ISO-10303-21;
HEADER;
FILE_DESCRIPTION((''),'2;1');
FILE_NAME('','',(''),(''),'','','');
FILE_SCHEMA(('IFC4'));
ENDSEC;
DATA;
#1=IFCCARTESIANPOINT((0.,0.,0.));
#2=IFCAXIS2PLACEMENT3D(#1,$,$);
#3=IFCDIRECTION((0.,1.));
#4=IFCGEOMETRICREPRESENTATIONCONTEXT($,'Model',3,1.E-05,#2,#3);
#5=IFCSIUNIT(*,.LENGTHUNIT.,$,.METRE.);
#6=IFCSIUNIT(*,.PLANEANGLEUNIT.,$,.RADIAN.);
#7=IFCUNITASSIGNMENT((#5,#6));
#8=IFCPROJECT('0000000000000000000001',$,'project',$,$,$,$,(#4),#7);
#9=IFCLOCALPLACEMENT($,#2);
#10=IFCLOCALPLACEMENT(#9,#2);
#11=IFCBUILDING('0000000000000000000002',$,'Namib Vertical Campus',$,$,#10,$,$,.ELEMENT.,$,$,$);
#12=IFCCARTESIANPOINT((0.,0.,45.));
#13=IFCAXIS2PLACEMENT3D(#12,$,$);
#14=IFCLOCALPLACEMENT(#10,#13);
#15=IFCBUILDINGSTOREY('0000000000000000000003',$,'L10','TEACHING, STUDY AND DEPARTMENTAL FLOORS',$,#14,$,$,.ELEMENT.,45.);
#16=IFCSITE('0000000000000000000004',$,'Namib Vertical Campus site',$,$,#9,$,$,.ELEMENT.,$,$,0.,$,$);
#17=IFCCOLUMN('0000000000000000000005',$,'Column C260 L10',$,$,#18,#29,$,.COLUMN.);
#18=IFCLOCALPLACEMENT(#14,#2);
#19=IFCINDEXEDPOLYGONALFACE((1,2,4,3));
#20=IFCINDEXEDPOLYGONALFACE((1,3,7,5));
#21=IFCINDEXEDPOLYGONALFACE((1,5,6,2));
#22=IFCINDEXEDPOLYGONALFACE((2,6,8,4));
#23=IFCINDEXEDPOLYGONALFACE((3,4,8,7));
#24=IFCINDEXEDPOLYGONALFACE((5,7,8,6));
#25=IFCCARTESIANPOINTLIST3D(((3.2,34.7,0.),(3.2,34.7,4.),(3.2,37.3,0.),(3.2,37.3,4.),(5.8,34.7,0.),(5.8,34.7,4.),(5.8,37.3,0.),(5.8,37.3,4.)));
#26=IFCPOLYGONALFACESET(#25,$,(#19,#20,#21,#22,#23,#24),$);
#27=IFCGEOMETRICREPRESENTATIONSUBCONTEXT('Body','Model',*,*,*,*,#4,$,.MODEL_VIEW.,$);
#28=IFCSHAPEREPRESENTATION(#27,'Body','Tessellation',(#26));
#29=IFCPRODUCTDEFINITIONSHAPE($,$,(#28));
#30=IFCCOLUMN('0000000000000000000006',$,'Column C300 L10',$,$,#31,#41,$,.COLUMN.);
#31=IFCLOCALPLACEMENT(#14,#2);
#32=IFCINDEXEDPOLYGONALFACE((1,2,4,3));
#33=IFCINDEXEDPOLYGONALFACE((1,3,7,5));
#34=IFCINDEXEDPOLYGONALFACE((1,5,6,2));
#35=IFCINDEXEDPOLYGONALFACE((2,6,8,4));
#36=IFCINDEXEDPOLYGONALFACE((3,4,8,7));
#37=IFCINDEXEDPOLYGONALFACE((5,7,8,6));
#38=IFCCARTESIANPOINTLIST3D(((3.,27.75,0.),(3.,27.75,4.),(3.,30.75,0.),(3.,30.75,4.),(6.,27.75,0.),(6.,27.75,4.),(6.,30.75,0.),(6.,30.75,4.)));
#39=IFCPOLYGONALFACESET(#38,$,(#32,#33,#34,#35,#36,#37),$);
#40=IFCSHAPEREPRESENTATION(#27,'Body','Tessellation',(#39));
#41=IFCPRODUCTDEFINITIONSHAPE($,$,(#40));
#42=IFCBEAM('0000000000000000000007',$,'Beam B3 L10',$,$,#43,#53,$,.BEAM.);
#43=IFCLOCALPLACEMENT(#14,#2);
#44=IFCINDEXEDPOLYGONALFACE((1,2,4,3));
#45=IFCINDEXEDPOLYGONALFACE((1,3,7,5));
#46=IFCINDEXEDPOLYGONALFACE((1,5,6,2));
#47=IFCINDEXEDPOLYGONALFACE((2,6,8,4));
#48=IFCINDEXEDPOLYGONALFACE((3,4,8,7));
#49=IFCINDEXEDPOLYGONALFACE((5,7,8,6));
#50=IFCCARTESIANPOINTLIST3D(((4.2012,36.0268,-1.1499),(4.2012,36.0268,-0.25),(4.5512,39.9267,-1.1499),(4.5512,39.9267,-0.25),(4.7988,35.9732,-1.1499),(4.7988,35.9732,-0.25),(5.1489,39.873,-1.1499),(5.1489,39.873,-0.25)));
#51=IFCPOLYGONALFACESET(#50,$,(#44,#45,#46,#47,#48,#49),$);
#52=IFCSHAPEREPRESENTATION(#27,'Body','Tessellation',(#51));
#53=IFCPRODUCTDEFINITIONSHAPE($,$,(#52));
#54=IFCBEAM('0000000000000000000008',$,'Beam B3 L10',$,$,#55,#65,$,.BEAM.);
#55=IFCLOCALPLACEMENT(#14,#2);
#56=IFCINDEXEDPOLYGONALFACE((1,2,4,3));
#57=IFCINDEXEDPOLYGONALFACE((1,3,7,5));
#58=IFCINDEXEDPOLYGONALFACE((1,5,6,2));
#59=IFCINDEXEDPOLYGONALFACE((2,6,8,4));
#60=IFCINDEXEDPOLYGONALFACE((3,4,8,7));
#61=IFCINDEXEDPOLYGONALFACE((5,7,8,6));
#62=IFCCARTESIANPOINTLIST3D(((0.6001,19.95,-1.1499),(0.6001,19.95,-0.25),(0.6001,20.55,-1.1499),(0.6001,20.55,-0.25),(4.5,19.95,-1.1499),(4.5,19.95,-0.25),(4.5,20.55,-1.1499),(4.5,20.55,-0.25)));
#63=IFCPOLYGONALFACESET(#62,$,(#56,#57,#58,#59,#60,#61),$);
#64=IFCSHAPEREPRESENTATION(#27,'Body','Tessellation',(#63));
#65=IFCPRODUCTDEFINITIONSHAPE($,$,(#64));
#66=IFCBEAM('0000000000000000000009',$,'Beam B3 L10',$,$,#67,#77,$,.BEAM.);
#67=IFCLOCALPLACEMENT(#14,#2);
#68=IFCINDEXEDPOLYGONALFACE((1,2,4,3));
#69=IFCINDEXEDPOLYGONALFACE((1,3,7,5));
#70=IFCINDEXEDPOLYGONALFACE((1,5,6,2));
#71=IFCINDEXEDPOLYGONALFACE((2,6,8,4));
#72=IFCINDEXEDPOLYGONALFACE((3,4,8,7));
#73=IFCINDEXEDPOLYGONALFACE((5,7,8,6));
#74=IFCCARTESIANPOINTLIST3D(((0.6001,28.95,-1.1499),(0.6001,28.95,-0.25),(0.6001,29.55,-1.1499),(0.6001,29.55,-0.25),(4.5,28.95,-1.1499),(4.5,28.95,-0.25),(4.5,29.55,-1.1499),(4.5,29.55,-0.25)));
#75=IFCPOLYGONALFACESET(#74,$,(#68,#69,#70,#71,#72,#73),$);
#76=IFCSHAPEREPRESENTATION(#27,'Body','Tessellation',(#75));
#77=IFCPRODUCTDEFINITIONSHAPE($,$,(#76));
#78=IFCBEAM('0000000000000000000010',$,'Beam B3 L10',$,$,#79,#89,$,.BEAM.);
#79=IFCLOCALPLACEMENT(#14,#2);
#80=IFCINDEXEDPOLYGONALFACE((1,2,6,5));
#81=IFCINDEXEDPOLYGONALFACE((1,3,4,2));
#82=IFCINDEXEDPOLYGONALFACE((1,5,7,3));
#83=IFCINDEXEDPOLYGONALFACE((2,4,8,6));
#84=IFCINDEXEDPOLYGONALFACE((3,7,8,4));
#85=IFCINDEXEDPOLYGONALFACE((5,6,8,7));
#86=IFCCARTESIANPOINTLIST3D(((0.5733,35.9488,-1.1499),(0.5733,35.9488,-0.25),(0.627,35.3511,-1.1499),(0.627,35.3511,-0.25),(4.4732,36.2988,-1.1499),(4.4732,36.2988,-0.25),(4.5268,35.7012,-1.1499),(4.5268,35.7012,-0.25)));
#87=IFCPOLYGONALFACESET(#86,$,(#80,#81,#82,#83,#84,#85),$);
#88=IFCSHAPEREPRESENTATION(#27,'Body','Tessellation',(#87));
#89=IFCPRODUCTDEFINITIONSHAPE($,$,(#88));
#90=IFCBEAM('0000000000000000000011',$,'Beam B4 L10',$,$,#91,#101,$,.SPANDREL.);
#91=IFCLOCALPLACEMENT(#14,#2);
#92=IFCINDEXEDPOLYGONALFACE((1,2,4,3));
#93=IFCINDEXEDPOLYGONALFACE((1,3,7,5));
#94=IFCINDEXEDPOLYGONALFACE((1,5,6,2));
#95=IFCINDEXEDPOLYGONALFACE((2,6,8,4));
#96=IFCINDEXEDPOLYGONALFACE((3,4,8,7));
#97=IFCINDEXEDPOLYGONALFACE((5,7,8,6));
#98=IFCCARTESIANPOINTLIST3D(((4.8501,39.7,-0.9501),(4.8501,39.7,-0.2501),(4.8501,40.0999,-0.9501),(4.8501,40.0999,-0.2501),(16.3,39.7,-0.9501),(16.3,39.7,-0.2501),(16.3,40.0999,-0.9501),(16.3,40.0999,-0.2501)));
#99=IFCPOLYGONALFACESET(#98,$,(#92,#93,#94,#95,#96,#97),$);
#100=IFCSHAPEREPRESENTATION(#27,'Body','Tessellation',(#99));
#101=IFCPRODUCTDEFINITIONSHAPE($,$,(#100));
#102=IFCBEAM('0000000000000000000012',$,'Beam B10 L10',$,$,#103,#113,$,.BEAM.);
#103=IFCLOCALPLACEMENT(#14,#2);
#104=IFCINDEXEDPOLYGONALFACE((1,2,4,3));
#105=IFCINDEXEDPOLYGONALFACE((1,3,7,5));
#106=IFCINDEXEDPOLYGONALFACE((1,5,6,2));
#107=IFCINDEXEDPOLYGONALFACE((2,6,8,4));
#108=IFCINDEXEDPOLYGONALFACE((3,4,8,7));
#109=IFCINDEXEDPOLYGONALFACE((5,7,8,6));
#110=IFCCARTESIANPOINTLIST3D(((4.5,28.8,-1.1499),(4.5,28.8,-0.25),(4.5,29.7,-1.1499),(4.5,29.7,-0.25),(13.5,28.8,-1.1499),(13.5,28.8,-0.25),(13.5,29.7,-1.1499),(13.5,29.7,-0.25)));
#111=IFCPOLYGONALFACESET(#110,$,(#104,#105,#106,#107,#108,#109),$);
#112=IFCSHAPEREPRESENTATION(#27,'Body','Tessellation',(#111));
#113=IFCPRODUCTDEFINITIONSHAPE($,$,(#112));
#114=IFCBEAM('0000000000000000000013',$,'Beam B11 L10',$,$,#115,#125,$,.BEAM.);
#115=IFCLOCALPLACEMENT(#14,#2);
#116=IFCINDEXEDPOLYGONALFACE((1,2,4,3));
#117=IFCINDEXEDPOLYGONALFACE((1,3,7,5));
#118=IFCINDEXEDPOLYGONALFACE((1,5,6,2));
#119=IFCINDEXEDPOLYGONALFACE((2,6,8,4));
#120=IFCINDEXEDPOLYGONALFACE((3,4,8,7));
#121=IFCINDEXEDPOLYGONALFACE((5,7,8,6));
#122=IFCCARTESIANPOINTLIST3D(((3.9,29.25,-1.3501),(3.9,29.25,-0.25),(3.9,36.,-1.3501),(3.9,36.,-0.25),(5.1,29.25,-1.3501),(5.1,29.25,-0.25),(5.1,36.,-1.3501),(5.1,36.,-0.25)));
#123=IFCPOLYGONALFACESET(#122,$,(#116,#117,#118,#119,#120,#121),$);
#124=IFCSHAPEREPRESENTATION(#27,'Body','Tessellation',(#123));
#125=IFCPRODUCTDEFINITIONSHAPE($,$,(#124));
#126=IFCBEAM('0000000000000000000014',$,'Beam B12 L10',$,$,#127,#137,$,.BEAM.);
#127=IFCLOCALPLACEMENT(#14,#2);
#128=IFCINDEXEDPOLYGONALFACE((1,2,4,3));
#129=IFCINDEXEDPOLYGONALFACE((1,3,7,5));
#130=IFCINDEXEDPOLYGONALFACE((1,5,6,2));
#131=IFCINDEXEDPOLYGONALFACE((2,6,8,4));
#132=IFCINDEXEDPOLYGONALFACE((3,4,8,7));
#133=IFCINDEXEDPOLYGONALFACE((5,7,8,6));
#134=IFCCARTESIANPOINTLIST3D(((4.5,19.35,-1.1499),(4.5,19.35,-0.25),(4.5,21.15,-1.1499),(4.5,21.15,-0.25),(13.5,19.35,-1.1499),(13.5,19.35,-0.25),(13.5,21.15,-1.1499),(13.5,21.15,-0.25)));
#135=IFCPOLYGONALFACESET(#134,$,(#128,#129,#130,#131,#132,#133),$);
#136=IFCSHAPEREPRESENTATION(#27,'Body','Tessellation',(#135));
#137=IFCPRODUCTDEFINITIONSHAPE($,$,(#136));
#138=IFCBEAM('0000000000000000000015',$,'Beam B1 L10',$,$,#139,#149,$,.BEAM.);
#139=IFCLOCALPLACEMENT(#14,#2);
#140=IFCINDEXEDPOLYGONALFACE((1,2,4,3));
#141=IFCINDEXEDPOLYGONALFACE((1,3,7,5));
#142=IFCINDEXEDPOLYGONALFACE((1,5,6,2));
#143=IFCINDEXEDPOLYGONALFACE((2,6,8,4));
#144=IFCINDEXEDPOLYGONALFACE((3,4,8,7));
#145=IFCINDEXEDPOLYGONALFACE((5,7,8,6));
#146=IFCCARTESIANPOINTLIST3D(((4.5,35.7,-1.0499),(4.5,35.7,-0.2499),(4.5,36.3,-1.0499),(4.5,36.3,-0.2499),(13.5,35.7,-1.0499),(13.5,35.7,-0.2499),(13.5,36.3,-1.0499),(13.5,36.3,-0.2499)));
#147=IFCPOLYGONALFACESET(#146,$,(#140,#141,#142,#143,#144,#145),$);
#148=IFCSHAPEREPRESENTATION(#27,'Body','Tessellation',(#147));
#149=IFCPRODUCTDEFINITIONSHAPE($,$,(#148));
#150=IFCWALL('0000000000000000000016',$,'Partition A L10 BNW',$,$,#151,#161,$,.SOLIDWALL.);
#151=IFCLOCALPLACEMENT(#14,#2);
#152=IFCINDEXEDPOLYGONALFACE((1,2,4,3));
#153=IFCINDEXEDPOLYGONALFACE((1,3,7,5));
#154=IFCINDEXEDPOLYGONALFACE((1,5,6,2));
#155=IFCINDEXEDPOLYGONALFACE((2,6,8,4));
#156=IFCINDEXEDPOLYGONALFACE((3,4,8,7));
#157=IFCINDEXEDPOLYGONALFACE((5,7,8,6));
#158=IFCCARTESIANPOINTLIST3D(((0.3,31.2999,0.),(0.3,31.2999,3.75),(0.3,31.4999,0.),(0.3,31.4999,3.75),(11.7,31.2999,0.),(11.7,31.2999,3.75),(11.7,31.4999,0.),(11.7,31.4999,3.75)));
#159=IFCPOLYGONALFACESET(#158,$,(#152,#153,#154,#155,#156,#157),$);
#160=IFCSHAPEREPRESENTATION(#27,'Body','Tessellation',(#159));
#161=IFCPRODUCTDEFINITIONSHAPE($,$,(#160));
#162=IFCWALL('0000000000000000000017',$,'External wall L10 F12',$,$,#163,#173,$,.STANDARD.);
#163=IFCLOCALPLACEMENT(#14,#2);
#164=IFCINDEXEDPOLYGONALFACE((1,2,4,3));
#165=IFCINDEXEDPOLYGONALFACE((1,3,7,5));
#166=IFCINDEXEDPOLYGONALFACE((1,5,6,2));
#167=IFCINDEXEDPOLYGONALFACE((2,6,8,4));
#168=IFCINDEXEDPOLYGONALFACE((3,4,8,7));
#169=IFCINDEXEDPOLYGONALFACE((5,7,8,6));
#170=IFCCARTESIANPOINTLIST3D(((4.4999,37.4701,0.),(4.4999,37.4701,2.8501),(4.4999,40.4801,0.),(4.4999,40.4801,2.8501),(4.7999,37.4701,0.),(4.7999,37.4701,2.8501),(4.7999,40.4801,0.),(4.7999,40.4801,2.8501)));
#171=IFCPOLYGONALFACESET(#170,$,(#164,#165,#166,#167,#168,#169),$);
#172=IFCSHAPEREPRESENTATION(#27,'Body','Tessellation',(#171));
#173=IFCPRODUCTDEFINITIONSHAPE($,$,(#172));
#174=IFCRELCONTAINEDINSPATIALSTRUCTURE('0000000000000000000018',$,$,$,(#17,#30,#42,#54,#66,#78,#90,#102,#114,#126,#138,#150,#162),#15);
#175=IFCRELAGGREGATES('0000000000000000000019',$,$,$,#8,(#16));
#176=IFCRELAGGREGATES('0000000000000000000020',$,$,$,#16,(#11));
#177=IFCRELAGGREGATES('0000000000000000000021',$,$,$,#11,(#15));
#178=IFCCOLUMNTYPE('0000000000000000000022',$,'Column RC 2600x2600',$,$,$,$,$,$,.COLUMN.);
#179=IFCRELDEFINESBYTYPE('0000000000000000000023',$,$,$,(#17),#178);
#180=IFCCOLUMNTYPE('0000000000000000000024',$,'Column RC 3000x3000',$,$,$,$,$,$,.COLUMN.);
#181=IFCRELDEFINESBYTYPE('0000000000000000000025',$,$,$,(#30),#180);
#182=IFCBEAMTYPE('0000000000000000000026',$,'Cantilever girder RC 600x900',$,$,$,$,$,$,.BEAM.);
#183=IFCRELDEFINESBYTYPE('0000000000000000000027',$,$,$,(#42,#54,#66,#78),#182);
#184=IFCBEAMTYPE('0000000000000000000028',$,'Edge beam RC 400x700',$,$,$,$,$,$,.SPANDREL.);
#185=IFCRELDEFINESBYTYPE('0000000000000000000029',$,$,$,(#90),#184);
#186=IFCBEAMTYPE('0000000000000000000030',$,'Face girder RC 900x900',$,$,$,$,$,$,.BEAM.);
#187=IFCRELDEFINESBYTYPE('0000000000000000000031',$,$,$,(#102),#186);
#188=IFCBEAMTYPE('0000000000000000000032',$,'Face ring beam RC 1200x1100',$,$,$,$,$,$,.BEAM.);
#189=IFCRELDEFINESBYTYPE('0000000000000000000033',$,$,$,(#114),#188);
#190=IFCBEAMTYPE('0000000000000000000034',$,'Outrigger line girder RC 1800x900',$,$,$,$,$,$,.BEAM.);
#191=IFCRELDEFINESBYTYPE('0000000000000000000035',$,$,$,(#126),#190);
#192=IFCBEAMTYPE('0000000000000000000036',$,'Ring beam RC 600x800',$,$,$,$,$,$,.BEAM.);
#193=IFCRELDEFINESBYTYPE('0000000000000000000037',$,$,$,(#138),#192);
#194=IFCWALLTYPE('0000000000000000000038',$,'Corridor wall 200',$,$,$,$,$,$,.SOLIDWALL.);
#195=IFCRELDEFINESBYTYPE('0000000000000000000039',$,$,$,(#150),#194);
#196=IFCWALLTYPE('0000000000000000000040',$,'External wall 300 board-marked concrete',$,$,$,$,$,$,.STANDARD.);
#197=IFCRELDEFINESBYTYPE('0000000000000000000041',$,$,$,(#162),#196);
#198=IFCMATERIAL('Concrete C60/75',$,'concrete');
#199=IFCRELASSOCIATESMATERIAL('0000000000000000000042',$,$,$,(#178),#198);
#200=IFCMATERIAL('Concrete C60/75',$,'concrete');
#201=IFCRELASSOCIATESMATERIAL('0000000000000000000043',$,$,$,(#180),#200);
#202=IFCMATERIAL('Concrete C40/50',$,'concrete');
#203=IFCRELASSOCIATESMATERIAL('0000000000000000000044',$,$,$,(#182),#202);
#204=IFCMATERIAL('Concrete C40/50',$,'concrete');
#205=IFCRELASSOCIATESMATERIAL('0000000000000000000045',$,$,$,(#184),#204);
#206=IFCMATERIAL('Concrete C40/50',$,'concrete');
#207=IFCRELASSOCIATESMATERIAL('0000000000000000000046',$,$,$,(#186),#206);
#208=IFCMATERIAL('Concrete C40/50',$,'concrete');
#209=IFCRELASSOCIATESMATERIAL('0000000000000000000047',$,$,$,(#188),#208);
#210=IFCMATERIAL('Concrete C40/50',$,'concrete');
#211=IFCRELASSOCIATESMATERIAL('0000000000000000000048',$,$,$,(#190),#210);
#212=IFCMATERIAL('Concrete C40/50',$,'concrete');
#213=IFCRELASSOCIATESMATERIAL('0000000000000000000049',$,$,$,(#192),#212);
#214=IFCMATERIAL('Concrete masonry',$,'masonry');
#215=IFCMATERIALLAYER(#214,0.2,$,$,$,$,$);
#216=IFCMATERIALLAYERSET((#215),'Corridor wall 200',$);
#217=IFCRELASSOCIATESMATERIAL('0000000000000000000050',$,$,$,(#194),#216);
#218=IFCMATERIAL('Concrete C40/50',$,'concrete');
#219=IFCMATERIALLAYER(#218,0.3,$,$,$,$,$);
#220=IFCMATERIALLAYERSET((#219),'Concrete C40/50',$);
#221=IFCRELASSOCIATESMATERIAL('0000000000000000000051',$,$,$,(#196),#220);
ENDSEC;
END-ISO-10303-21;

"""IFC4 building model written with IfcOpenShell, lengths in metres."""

from ifc_helpers import new_model, si_unit, direction, frame, frame_2d, origin, origin_2d, place, context, subcontext, project, spatial, rectangle, extrude, material, layer, layer_set, material_profile, profile_set, type_object, element, save


model = new_model("IFC4")

# Units and contexts
model_context = context("Model", 3, precision=1e-05, world=origin(), true_north=direction((0.0, 1.0)))
body_context = subcontext(model_context, "Body", "Model", "MODEL_VIEW")
ifc_project = project(units=[si_unit("LENGTHUNIT", "METRE"), si_unit("PLANEANGLEUNIT", "RADIAN")], contexts=[model_context])

# Site, building, storey
site_placement = place(None, origin())
site = spatial("IfcSite", under=ifc_project, at=site_placement, Name="Namib Vertical Campus site", CompositionType="ELEMENT", RefElevation=0.0)
building_placement = place(site_placement, origin())
building = spatial("IfcBuilding", under=site, at=building_placement, Name="Namib Vertical Campus", CompositionType="ELEMENT")
storey_placement = place(building_placement, frame((0.0, 0.0, 45.0)))
storey = spatial("IfcBuildingStorey", under=building, at=storey_placement, Name="L10", Description="TEACHING, STUDY AND DEPARTMENTAL FLOORS", CompositionType="ELEMENT", Elevation=45.0)

# Columns
ifc_material_1 = material(Name="Concrete C60/75", Category="concrete")
ifc_material_profile_1 = material_profile(ifc_material_1, rectangle(XDim=2.6001, YDim=2.6001, at=origin_2d()))
ifc_profile_set_1 = profile_set([ifc_material_profile_1], Name="Concrete C60/75")
column_type_1 = type_object("IfcColumnType", Name="Column RC 2600x2600", PredefinedType="COLUMN", material=ifc_profile_set_1)
column_1_placement = place(storey_placement, frame((4.5, 36.0, 0.0), z_axis=(0.0, 0.0, 1.0), x_axis=(1.0, 0.0, 0.0)))
element("IfcColumn", 1, at=column_1_placement, inside=storey, type_object=column_type_1, Name="Column C260 L10", PredefinedType="COLUMN", context=body_context, shape_type="SweptSolid", body=[
    extrude(rectangle(XDim=2.6001, YDim=2.6001, at=origin_2d()), origin(), (0.0, 0.0, 1.0), 4.0),
])
ifc_material_2 = material(Name="Concrete C60/75", Category="concrete")
ifc_material_profile_2 = material_profile(ifc_material_2, rectangle(XDim=3.0, YDim=3.0, at=origin_2d()))
ifc_profile_set_2 = profile_set([ifc_material_profile_2], Name="Concrete C60/75")
column_type_2 = type_object("IfcColumnType", Name="Column RC 3000x3000", PredefinedType="COLUMN", material=ifc_profile_set_2)
column_2_placement = place(storey_placement, frame((4.5, 29.25, 0.0), z_axis=(0.0, 0.0, 1.0), x_axis=(1.0, 0.0, 0.0)))
element("IfcColumn", 2, at=column_2_placement, inside=storey, type_object=column_type_2, Name="Column C300 L10", PredefinedType="COLUMN", context=body_context, shape_type="SweptSolid", body=[
    extrude(rectangle(XDim=3.0, YDim=3.0, at=origin_2d()), origin(), (0.0, 0.0, 1.0), 4.0),
])

# Beams
ifc_material_3 = material(Name="Concrete C40/50", Category="concrete")
ifc_material_profile_3 = material_profile(ifc_material_3, rectangle(XDim=0.6001, YDim=0.8999, at=origin_2d()))
ifc_profile_set_3 = profile_set([ifc_material_profile_3], Name="Concrete C40/50")
beam_type_1 = type_object("IfcBeamType", Name="Cantilever girder RC 600x900", PredefinedType="BEAM", material=ifc_profile_set_3)
beam_1_placement = place(storey_placement, frame((4.5, 36.0, -0.7), z_axis=(0.089411, 0.995995, 0.0), x_axis=(-0.995995, 0.089411, 0.0)))
element("IfcBeam", 3, at=beam_1_placement, inside=storey, type_object=beam_type_1, Name="Beam B3 L10", PredefinedType="BEAM", context=body_context, shape_type="SweptSolid", body=[
    extrude(rectangle(XDim=0.6001, YDim=0.8999, at=origin_2d()), origin(), (0.0, 0.0, 1.0), 3.9155),
])
for number, where, z_axis, x_axis, name in (
    (4, (4.5, 20.25, -0.7), (-1.0, 0.0, 0.0), (0.0, -1.0, 0.0), "Beam B3 L10"),
    (5, (4.5, 29.25, -0.7), (-1.0, 0.0, 0.0), (0.0, -1.0, 0.0), "Beam B3 L10"),
):
    element("IfcBeam", number, at=place(storey_placement, frame(where, z_axis=z_axis, x_axis=x_axis)), inside=storey, type_object=beam_type_1, Name=name, PredefinedType="BEAM", context=body_context, shape_type="SweptSolid", body=[
        extrude(rectangle(XDim=0.6001, YDim=0.8999, at=origin_2d()), origin(), (0.0, 0.0, 1.0), 3.8999),
    ])
beam_2_placement = place(storey_placement, frame((4.5, 36.0, -0.7), z_axis=(-0.995995, -0.089411, 0.0), x_axis=(0.089411, -0.995995, 0.0)))
element("IfcBeam", 6, at=beam_2_placement, inside=storey, type_object=beam_type_1, Name="Beam B3 L10", PredefinedType="BEAM", context=body_context, shape_type="SweptSolid", body=[
    extrude(rectangle(XDim=0.6001, YDim=0.8999, at=origin_2d()), origin(), (0.0, 0.0, 1.0), 3.9155),
])
ifc_material_4 = material(Name="Concrete C40/50", Category="concrete")
ifc_material_profile_4 = material_profile(ifc_material_4, rectangle(XDim=0.3999, YDim=0.7, at=origin_2d()))
ifc_profile_set_4 = profile_set([ifc_material_profile_4], Name="Concrete C40/50")
beam_type_2 = type_object("IfcBeamType", Name="Edge beam RC 400x700", PredefinedType="SPANDREL", material=ifc_profile_set_4)
beam_3_placement = place(storey_placement, frame((4.8501, 39.8999, -0.6001), z_axis=(1.0, 0.0, 0.0), x_axis=(0.0, 1.0, 0.0)))
element("IfcBeam", 7, at=beam_3_placement, inside=storey, type_object=beam_type_2, Name="Beam B4 L10", PredefinedType="SPANDREL", context=body_context, shape_type="SweptSolid", body=[
    extrude(rectangle(XDim=0.3999, YDim=0.7, at=origin_2d()), origin(), (0.0, 0.0, 1.0), 11.45),
])
ifc_material_5 = material(Name="Concrete C40/50", Category="concrete")
ifc_material_profile_5 = material_profile(ifc_material_5, rectangle(XDim=0.8999, YDim=0.8999, at=origin_2d()))
ifc_profile_set_5 = profile_set([ifc_material_profile_5], Name="Concrete C40/50")
beam_type_3 = type_object("IfcBeamType", Name="Face girder RC 900x900", PredefinedType="BEAM", material=ifc_profile_set_5)
beam_4_placement = place(storey_placement, frame((4.5, 29.25, -0.7), z_axis=(1.0, 0.0, 0.0), x_axis=(0.0, 1.0, 0.0)))
element("IfcBeam", 8, at=beam_4_placement, inside=storey, type_object=beam_type_3, Name="Beam B10 L10", PredefinedType="BEAM", context=body_context, shape_type="SweptSolid", body=[
    extrude(rectangle(XDim=0.8999, YDim=0.8999, at=origin_2d()), origin(), (0.0, 0.0, 1.0), 9.0),
])
ifc_material_6 = material(Name="Concrete C40/50", Category="concrete")
ifc_material_profile_6 = material_profile(ifc_material_6, rectangle(XDim=1.2, YDim=1.1001, at=origin_2d()))
ifc_profile_set_6 = profile_set([ifc_material_profile_6], Name="Concrete C40/50")
beam_type_4 = type_object("IfcBeamType", Name="Face ring beam RC 1200x1100", PredefinedType="BEAM", material=ifc_profile_set_6)
beam_5_placement = place(storey_placement, frame((4.5, 29.25, -0.8), z_axis=(0.0, 1.0, 0.0), x_axis=(-1.0, 0.0, 0.0)))
element("IfcBeam", 9, at=beam_5_placement, inside=storey, type_object=beam_type_4, Name="Beam B11 L10", PredefinedType="BEAM", context=body_context, shape_type="SweptSolid", body=[
    extrude(rectangle(XDim=1.2, YDim=1.1001, at=origin_2d()), origin(), (0.0, 0.0, 1.0), 6.75),
])
ifc_material_7 = material(Name="Concrete C40/50", Category="concrete")
ifc_material_profile_7 = material_profile(ifc_material_7, rectangle(XDim=1.8, YDim=0.8999, at=origin_2d()))
ifc_profile_set_7 = profile_set([ifc_material_profile_7], Name="Concrete C40/50")
beam_type_5 = type_object("IfcBeamType", Name="Outrigger line girder RC 1800x900", PredefinedType="BEAM", material=ifc_profile_set_7)
beam_6_placement = place(storey_placement, frame((4.5, 20.25, -0.7), z_axis=(1.0, 0.0, 0.0), x_axis=(0.0, 1.0, 0.0)))
element("IfcBeam", 10, at=beam_6_placement, inside=storey, type_object=beam_type_5, Name="Beam B12 L10", PredefinedType="BEAM", context=body_context, shape_type="SweptSolid", body=[
    extrude(rectangle(XDim=1.8, YDim=0.8999, at=origin_2d()), origin(), (0.0, 0.0, 1.0), 9.0),
])
ifc_material_8 = material(Name="Concrete C40/50", Category="concrete")
ifc_material_profile_8 = material_profile(ifc_material_8, rectangle(XDim=0.6001, YDim=0.8, at=origin_2d()))
ifc_profile_set_8 = profile_set([ifc_material_profile_8], Name="Concrete C40/50")
beam_type_6 = type_object("IfcBeamType", Name="Ring beam RC 600x800", PredefinedType="BEAM", material=ifc_profile_set_8)
beam_7_placement = place(storey_placement, frame((4.5, 36.0, -0.6499), z_axis=(1.0, 0.0, 0.0), x_axis=(0.0, 1.0, 0.0)))
element("IfcBeam", 11, at=beam_7_placement, inside=storey, type_object=beam_type_6, Name="Beam B1 L10", PredefinedType="BEAM", context=body_context, shape_type="SweptSolid", body=[
    extrude(rectangle(XDim=0.6001, YDim=0.8, at=origin_2d()), origin(), (0.0, 0.0, 1.0), 9.0),
])

# Walls
ifc_material_9 = material(Name="Concrete masonry", Category="masonry")
ifc_layer_1 = layer(ifc_material_9, 0.2)
ifc_layer_set_1 = layer_set([ifc_layer_1], Name="Corridor wall 200")
wall_type_1 = type_object("IfcWallType", Name="Corridor wall 200", PredefinedType="SOLIDWALL", material=ifc_layer_set_1)
wall_1_placement = place(storey_placement, frame((0.3, 31.3999, 0.0), z_axis=(0.0, 0.0, 1.0), x_axis=(1.0, 0.0, 0.0)))
element("IfcWall", 12, at=wall_1_placement, inside=storey, type_object=wall_type_1, Name="Partition A L10 BNW", PredefinedType="SOLIDWALL", context=body_context, shape_type="SweptSolid", body=[
    extrude(rectangle(XDim=11.3999, YDim=0.2, at=frame_2d((5.7, 0.0))), origin(), (0.0, 0.0, 1.0), 3.75),
])
ifc_material_10 = material(Name="Concrete C40/50", Category="concrete")
ifc_layer_2 = layer(ifc_material_10, 0.3)
ifc_layer_set_2 = layer_set([ifc_layer_2], Name="Concrete C40/50")
wall_type_2 = type_object("IfcWallType", Name="External wall 300 board-marked concrete", PredefinedType="STANDARD", material=ifc_layer_set_2)
wall_2_placement = place(storey_placement, frame((4.6499, 40.48, 0.0), z_axis=(0.0, 0.0, 1.0), x_axis=(0.0, -1.0, 0.0)))
element("IfcWall", 13, at=wall_2_placement, inside=storey, type_object=wall_type_2, Name="External wall L10 F12", PredefinedType="STANDARD", context=body_context, shape_type="SweptSolid", body=[
    extrude(rectangle(XDim=3.01, YDim=0.3, at=frame_2d((1.5049, 0.0))), origin(), (0.0, 0.0, 1.0), 2.8501),
])

save(model, "model.ifc")
